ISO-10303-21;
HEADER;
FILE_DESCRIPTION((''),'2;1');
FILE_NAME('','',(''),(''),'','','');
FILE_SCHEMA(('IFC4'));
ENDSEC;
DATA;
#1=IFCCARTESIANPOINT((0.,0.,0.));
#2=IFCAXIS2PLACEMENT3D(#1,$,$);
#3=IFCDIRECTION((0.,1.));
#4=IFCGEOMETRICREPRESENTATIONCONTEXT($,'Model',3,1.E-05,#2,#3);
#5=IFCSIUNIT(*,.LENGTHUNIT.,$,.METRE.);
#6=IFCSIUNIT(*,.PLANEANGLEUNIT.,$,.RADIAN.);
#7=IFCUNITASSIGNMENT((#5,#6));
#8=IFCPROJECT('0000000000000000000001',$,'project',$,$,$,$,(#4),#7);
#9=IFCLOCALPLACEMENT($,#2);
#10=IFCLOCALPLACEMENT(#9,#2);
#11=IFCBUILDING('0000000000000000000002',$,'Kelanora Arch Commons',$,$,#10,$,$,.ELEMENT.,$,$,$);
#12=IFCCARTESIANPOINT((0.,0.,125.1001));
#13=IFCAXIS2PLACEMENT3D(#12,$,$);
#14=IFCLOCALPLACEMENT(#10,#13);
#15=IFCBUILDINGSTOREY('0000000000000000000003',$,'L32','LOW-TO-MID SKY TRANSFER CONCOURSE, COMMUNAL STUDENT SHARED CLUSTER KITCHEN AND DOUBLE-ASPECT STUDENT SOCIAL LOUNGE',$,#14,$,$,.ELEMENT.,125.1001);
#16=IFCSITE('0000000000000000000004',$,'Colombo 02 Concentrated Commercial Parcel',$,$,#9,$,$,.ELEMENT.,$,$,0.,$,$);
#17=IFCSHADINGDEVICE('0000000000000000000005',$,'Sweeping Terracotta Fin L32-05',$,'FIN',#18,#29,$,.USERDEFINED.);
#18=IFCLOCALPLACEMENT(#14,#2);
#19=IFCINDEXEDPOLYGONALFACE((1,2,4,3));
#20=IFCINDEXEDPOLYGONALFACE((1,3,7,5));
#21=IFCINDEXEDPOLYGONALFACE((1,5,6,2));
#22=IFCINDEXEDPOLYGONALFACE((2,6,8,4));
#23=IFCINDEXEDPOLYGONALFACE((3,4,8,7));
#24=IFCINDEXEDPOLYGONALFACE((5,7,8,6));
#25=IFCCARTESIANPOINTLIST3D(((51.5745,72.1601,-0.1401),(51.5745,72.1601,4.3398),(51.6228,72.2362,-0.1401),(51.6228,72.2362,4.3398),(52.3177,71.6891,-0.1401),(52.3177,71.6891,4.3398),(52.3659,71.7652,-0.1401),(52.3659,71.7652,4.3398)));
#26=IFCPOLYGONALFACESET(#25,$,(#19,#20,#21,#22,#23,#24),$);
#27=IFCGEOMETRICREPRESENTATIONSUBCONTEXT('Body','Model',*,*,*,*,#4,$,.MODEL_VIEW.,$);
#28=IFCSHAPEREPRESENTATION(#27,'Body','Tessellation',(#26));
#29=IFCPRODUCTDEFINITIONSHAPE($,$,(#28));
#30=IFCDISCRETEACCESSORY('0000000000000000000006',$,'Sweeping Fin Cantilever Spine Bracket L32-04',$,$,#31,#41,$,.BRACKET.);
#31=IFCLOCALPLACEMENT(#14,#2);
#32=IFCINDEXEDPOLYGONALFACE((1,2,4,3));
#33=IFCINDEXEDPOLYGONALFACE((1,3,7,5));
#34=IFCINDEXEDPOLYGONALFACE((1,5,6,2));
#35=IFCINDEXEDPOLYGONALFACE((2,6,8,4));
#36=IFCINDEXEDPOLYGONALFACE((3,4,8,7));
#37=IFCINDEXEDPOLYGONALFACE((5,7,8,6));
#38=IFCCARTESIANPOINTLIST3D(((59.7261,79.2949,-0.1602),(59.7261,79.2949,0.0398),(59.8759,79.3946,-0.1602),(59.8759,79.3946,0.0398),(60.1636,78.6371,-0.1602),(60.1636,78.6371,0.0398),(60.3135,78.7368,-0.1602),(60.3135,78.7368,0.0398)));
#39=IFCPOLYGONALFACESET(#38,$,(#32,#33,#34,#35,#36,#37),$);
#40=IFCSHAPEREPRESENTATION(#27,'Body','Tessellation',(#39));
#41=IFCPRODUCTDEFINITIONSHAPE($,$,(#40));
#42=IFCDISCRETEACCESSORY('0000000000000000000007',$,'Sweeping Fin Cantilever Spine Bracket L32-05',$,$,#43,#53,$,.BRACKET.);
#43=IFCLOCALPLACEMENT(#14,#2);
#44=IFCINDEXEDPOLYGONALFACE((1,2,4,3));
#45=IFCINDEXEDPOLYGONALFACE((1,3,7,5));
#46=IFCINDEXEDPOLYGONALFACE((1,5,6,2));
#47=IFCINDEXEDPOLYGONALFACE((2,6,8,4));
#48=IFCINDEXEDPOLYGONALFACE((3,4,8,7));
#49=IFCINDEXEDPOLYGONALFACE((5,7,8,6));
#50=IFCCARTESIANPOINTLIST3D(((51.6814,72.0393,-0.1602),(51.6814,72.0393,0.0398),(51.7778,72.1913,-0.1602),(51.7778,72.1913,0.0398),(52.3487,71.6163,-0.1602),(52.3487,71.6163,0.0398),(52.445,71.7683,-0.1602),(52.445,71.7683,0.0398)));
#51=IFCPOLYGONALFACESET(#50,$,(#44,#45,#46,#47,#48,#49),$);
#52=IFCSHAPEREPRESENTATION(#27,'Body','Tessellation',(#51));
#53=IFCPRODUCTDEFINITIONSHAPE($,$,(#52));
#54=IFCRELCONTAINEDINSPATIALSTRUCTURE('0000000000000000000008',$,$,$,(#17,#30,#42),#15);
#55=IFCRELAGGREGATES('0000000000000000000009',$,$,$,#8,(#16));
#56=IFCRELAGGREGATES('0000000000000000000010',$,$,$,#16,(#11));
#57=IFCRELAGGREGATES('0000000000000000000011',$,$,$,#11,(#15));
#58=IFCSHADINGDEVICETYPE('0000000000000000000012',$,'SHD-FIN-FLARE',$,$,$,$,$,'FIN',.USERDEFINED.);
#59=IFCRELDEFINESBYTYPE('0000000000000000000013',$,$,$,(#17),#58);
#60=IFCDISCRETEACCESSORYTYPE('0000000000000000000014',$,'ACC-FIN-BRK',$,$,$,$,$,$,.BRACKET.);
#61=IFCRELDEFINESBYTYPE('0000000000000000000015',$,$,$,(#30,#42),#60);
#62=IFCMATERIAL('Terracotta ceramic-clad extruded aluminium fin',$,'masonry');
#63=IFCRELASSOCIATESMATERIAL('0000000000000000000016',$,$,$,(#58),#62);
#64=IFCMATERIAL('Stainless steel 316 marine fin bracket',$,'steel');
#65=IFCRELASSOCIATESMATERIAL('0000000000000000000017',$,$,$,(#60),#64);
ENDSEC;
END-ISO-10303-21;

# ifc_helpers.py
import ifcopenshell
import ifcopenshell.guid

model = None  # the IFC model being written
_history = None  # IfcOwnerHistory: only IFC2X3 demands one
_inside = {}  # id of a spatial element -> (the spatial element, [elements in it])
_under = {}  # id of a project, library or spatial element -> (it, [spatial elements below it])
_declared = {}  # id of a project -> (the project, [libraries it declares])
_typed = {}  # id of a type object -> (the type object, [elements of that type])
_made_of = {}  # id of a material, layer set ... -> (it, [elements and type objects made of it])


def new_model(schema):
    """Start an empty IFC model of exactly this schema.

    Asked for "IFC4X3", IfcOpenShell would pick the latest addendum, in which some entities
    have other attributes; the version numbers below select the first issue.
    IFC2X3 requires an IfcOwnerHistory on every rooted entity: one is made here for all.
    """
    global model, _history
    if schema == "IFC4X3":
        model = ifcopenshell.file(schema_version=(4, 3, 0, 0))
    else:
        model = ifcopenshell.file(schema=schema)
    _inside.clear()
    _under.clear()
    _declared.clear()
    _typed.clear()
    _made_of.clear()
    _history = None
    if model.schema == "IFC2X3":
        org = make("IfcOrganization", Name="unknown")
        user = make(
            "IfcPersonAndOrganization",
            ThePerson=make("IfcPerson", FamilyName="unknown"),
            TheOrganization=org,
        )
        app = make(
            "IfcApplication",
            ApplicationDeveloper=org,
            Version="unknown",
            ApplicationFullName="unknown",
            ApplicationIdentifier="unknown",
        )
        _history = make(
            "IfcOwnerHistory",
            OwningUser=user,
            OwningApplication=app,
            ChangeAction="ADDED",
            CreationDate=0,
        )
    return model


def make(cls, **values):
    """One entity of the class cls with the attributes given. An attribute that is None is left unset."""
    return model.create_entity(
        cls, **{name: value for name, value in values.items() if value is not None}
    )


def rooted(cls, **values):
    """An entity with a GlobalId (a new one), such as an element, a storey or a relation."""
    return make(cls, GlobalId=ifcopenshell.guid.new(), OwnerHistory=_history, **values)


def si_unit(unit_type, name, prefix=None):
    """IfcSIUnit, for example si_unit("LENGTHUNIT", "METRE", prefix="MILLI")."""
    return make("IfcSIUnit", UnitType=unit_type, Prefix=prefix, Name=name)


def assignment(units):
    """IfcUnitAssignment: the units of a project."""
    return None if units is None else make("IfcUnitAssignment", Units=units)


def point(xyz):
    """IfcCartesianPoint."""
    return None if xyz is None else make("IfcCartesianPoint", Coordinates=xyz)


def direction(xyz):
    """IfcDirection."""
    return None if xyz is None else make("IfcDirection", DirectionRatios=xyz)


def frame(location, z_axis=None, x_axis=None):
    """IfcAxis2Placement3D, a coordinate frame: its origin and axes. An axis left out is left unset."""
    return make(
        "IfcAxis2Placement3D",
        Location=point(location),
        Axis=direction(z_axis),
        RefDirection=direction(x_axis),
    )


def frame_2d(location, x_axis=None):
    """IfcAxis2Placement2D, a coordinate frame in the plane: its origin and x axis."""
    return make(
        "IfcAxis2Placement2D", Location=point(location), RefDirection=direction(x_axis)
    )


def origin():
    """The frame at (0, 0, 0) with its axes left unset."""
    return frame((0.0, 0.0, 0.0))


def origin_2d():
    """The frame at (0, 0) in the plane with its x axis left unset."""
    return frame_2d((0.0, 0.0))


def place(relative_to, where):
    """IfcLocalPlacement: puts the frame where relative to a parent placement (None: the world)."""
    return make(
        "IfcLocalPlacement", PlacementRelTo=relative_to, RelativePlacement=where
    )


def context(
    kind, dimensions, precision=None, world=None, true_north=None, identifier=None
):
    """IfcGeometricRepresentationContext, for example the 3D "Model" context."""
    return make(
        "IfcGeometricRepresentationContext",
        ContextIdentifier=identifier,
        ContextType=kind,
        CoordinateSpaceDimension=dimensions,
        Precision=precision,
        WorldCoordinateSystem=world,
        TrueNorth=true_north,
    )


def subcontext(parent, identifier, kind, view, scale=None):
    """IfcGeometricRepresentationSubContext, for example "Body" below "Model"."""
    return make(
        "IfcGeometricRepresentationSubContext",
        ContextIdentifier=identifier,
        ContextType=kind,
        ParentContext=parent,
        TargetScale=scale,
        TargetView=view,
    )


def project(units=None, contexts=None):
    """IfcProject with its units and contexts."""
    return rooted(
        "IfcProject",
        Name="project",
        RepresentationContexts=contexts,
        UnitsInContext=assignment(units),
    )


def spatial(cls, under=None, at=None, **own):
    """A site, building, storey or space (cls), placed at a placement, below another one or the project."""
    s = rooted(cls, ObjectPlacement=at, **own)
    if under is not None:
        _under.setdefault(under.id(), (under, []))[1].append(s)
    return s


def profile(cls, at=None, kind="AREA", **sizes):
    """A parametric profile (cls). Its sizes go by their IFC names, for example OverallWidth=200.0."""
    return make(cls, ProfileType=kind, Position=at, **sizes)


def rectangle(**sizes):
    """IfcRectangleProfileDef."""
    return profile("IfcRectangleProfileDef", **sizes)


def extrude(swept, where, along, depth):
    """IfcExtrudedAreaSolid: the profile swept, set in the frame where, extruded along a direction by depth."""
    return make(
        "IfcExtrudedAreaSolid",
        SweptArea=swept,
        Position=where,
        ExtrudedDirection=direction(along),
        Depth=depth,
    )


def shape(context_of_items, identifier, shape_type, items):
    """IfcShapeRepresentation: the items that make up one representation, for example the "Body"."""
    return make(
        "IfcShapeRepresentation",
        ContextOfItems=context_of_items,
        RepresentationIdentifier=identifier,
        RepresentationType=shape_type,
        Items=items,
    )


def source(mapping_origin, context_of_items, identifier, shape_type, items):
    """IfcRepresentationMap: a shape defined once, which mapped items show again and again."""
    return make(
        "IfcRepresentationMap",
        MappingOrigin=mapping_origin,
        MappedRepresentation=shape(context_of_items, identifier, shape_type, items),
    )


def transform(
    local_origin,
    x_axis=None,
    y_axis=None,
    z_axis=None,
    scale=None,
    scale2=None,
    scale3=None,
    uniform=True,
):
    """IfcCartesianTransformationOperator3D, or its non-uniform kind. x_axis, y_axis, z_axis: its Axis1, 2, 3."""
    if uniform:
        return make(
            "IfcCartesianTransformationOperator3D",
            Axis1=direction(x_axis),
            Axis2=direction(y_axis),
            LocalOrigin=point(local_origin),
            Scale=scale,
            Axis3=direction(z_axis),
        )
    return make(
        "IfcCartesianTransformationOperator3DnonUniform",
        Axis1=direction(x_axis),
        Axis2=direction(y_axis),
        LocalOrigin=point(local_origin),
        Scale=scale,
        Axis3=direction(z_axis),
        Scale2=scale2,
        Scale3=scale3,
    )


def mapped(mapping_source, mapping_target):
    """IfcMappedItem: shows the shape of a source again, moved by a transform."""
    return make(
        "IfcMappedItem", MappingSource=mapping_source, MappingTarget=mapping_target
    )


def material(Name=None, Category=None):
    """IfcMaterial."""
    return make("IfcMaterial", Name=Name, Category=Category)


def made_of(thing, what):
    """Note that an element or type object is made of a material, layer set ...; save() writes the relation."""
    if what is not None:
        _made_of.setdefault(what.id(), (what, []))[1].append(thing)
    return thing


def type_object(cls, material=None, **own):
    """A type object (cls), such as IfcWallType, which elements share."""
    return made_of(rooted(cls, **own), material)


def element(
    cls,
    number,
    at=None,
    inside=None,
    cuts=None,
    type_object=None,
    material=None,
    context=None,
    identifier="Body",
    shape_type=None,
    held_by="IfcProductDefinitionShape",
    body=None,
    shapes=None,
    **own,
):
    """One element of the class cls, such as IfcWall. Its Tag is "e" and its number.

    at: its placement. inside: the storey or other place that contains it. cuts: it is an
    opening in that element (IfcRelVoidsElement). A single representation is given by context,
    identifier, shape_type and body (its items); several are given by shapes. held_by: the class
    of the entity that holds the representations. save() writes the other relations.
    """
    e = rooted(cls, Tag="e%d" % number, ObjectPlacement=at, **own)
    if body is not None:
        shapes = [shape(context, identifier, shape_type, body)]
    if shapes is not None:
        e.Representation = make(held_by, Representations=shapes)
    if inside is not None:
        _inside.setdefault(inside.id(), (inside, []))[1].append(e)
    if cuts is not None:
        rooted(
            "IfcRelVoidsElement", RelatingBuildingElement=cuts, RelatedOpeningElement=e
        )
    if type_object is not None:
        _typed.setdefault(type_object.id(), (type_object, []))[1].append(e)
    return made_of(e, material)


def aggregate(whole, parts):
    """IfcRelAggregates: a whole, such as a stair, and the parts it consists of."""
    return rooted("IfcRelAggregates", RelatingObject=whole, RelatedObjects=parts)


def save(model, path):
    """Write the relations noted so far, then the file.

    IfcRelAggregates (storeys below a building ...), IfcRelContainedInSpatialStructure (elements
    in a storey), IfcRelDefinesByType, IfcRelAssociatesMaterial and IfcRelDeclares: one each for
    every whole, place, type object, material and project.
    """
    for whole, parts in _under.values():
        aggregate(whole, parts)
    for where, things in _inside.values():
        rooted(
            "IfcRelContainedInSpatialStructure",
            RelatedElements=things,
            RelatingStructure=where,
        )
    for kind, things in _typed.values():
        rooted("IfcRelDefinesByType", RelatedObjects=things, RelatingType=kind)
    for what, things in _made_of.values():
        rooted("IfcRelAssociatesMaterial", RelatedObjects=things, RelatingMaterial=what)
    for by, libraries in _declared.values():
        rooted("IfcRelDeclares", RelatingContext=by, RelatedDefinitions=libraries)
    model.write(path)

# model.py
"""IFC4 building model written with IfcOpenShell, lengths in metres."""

from ifc_helpers import new_model, si_unit, direction, frame, origin, origin_2d, place, context, subcontext, project, spatial, rectangle, extrude, source, transform, mapped, material, type_object, element, save


model = new_model("IFC4")

# Units and contexts
model_context = context("Model", 3, precision=1e-05, world=origin(), true_north=direction((0.0, 1.0)))
body_context = subcontext(model_context, "Body", "Model", "MODEL_VIEW")
ifc_project = project(units=[si_unit("LENGTHUNIT", "METRE"), si_unit("PLANEANGLEUNIT", "RADIAN")], contexts=[model_context])

# Site, building, storey
site_placement = place(None, origin())
site = spatial("IfcSite", under=ifc_project, at=site_placement, Name="Colombo 02 Concentrated Commercial Parcel", CompositionType="ELEMENT", RefElevation=0.0)
building_placement = place(site_placement, origin())
building = spatial("IfcBuilding", under=site, at=building_placement, Name="Kelanora Arch Commons", CompositionType="ELEMENT")
storey_placement = place(building_placement, frame((0.0, 0.0, 125.1001)))
storey = spatial("IfcBuildingStorey", under=building, at=storey_placement, Name="L32", Description="LOW-TO-MID SKY TRANSFER CONCOURSE, COMMUNAL STUDENT SHARED CLUSTER KITCHEN AND DOUBLE-ASPECT STUDENT SOCIAL LOUNGE", CompositionType="ELEMENT", Elevation=125.1001)

# Shading device
ifc_material_1 = material(Name="Terracotta ceramic-clad extruded aluminium fin", Category="masonry")
shading_device_type = type_object("IfcShadingDeviceType", Name="SHD-FIN-FLARE", ElementType="FIN", PredefinedType="USERDEFINED", material=ifc_material_1)
shared_shape_1 = source(origin(), body_context, "Body", "SweptSolid", [
    extrude(rectangle(XDim=0.8799, YDim=0.0901, at=origin_2d()), origin(), (0.0, 0.0, 1.0), 4.48),
])
for number, where, z_axis, x_axis, name in (
    (1, (51.9702, 71.9626, -0.1401), (0.0, 0.0, 1.0), (-0.844608, 0.535385, 0.0), "Sweeping Terracotta Fin L32-05"),
):
    element("IfcShadingDevice", number, at=place(storey_placement, frame(where, z_axis=z_axis, x_axis=x_axis)), inside=storey, type_object=shading_device_type, Name=name, ObjectType="FIN", PredefinedType="USERDEFINED", context=body_context, shape_type="MappedRepresentation", body=[
        mapped(shared_shape_1, transform((0.0, 0.0, 0.0), scale=1.0)),
    ])

# Discrete accessories
ifc_material_2 = material(Name="Stainless steel 316 marine fin bracket", Category="steel")
discrete_accessory_type = type_object("IfcDiscreteAccessoryType", Name="ACC-FIN-BRK", PredefinedType="BRACKET", material=ifc_material_2)
shared_shape_2 = source(origin(), body_context, "Body", "SweptSolid", [
    extrude(rectangle(XDim=0.79, YDim=0.1799, at=origin_2d()), origin(), (0.0, 0.0, 1.0), 0.2),
])
for number, where, z_axis, x_axis, name in (
    (2, (60.0198, 79.0159, -0.1602), (0.0, 0.0, 1.0), (-0.553828, 0.832631, 0.0), "Sweeping Fin Cantilever Spine Bracket L32-04"),
    (3, (52.0632, 71.9038, -0.1602), (0.0, 0.0, 1.0), (-0.844608, 0.535385, 0.0), "Sweeping Fin Cantilever Spine Bracket L32-05"),
):
    element("IfcDiscreteAccessory", number, at=place(storey_placement, frame(where, z_axis=z_axis, x_axis=x_axis)), inside=storey, type_object=discrete_accessory_type, Name=name, PredefinedType="BRACKET", context=body_context, shape_type="MappedRepresentation", body=[
        mapped(shared_shape_2, transform((0.0, 0.0, 0.0), scale=1.0)),
    ])

save(model, "model.ifc")
